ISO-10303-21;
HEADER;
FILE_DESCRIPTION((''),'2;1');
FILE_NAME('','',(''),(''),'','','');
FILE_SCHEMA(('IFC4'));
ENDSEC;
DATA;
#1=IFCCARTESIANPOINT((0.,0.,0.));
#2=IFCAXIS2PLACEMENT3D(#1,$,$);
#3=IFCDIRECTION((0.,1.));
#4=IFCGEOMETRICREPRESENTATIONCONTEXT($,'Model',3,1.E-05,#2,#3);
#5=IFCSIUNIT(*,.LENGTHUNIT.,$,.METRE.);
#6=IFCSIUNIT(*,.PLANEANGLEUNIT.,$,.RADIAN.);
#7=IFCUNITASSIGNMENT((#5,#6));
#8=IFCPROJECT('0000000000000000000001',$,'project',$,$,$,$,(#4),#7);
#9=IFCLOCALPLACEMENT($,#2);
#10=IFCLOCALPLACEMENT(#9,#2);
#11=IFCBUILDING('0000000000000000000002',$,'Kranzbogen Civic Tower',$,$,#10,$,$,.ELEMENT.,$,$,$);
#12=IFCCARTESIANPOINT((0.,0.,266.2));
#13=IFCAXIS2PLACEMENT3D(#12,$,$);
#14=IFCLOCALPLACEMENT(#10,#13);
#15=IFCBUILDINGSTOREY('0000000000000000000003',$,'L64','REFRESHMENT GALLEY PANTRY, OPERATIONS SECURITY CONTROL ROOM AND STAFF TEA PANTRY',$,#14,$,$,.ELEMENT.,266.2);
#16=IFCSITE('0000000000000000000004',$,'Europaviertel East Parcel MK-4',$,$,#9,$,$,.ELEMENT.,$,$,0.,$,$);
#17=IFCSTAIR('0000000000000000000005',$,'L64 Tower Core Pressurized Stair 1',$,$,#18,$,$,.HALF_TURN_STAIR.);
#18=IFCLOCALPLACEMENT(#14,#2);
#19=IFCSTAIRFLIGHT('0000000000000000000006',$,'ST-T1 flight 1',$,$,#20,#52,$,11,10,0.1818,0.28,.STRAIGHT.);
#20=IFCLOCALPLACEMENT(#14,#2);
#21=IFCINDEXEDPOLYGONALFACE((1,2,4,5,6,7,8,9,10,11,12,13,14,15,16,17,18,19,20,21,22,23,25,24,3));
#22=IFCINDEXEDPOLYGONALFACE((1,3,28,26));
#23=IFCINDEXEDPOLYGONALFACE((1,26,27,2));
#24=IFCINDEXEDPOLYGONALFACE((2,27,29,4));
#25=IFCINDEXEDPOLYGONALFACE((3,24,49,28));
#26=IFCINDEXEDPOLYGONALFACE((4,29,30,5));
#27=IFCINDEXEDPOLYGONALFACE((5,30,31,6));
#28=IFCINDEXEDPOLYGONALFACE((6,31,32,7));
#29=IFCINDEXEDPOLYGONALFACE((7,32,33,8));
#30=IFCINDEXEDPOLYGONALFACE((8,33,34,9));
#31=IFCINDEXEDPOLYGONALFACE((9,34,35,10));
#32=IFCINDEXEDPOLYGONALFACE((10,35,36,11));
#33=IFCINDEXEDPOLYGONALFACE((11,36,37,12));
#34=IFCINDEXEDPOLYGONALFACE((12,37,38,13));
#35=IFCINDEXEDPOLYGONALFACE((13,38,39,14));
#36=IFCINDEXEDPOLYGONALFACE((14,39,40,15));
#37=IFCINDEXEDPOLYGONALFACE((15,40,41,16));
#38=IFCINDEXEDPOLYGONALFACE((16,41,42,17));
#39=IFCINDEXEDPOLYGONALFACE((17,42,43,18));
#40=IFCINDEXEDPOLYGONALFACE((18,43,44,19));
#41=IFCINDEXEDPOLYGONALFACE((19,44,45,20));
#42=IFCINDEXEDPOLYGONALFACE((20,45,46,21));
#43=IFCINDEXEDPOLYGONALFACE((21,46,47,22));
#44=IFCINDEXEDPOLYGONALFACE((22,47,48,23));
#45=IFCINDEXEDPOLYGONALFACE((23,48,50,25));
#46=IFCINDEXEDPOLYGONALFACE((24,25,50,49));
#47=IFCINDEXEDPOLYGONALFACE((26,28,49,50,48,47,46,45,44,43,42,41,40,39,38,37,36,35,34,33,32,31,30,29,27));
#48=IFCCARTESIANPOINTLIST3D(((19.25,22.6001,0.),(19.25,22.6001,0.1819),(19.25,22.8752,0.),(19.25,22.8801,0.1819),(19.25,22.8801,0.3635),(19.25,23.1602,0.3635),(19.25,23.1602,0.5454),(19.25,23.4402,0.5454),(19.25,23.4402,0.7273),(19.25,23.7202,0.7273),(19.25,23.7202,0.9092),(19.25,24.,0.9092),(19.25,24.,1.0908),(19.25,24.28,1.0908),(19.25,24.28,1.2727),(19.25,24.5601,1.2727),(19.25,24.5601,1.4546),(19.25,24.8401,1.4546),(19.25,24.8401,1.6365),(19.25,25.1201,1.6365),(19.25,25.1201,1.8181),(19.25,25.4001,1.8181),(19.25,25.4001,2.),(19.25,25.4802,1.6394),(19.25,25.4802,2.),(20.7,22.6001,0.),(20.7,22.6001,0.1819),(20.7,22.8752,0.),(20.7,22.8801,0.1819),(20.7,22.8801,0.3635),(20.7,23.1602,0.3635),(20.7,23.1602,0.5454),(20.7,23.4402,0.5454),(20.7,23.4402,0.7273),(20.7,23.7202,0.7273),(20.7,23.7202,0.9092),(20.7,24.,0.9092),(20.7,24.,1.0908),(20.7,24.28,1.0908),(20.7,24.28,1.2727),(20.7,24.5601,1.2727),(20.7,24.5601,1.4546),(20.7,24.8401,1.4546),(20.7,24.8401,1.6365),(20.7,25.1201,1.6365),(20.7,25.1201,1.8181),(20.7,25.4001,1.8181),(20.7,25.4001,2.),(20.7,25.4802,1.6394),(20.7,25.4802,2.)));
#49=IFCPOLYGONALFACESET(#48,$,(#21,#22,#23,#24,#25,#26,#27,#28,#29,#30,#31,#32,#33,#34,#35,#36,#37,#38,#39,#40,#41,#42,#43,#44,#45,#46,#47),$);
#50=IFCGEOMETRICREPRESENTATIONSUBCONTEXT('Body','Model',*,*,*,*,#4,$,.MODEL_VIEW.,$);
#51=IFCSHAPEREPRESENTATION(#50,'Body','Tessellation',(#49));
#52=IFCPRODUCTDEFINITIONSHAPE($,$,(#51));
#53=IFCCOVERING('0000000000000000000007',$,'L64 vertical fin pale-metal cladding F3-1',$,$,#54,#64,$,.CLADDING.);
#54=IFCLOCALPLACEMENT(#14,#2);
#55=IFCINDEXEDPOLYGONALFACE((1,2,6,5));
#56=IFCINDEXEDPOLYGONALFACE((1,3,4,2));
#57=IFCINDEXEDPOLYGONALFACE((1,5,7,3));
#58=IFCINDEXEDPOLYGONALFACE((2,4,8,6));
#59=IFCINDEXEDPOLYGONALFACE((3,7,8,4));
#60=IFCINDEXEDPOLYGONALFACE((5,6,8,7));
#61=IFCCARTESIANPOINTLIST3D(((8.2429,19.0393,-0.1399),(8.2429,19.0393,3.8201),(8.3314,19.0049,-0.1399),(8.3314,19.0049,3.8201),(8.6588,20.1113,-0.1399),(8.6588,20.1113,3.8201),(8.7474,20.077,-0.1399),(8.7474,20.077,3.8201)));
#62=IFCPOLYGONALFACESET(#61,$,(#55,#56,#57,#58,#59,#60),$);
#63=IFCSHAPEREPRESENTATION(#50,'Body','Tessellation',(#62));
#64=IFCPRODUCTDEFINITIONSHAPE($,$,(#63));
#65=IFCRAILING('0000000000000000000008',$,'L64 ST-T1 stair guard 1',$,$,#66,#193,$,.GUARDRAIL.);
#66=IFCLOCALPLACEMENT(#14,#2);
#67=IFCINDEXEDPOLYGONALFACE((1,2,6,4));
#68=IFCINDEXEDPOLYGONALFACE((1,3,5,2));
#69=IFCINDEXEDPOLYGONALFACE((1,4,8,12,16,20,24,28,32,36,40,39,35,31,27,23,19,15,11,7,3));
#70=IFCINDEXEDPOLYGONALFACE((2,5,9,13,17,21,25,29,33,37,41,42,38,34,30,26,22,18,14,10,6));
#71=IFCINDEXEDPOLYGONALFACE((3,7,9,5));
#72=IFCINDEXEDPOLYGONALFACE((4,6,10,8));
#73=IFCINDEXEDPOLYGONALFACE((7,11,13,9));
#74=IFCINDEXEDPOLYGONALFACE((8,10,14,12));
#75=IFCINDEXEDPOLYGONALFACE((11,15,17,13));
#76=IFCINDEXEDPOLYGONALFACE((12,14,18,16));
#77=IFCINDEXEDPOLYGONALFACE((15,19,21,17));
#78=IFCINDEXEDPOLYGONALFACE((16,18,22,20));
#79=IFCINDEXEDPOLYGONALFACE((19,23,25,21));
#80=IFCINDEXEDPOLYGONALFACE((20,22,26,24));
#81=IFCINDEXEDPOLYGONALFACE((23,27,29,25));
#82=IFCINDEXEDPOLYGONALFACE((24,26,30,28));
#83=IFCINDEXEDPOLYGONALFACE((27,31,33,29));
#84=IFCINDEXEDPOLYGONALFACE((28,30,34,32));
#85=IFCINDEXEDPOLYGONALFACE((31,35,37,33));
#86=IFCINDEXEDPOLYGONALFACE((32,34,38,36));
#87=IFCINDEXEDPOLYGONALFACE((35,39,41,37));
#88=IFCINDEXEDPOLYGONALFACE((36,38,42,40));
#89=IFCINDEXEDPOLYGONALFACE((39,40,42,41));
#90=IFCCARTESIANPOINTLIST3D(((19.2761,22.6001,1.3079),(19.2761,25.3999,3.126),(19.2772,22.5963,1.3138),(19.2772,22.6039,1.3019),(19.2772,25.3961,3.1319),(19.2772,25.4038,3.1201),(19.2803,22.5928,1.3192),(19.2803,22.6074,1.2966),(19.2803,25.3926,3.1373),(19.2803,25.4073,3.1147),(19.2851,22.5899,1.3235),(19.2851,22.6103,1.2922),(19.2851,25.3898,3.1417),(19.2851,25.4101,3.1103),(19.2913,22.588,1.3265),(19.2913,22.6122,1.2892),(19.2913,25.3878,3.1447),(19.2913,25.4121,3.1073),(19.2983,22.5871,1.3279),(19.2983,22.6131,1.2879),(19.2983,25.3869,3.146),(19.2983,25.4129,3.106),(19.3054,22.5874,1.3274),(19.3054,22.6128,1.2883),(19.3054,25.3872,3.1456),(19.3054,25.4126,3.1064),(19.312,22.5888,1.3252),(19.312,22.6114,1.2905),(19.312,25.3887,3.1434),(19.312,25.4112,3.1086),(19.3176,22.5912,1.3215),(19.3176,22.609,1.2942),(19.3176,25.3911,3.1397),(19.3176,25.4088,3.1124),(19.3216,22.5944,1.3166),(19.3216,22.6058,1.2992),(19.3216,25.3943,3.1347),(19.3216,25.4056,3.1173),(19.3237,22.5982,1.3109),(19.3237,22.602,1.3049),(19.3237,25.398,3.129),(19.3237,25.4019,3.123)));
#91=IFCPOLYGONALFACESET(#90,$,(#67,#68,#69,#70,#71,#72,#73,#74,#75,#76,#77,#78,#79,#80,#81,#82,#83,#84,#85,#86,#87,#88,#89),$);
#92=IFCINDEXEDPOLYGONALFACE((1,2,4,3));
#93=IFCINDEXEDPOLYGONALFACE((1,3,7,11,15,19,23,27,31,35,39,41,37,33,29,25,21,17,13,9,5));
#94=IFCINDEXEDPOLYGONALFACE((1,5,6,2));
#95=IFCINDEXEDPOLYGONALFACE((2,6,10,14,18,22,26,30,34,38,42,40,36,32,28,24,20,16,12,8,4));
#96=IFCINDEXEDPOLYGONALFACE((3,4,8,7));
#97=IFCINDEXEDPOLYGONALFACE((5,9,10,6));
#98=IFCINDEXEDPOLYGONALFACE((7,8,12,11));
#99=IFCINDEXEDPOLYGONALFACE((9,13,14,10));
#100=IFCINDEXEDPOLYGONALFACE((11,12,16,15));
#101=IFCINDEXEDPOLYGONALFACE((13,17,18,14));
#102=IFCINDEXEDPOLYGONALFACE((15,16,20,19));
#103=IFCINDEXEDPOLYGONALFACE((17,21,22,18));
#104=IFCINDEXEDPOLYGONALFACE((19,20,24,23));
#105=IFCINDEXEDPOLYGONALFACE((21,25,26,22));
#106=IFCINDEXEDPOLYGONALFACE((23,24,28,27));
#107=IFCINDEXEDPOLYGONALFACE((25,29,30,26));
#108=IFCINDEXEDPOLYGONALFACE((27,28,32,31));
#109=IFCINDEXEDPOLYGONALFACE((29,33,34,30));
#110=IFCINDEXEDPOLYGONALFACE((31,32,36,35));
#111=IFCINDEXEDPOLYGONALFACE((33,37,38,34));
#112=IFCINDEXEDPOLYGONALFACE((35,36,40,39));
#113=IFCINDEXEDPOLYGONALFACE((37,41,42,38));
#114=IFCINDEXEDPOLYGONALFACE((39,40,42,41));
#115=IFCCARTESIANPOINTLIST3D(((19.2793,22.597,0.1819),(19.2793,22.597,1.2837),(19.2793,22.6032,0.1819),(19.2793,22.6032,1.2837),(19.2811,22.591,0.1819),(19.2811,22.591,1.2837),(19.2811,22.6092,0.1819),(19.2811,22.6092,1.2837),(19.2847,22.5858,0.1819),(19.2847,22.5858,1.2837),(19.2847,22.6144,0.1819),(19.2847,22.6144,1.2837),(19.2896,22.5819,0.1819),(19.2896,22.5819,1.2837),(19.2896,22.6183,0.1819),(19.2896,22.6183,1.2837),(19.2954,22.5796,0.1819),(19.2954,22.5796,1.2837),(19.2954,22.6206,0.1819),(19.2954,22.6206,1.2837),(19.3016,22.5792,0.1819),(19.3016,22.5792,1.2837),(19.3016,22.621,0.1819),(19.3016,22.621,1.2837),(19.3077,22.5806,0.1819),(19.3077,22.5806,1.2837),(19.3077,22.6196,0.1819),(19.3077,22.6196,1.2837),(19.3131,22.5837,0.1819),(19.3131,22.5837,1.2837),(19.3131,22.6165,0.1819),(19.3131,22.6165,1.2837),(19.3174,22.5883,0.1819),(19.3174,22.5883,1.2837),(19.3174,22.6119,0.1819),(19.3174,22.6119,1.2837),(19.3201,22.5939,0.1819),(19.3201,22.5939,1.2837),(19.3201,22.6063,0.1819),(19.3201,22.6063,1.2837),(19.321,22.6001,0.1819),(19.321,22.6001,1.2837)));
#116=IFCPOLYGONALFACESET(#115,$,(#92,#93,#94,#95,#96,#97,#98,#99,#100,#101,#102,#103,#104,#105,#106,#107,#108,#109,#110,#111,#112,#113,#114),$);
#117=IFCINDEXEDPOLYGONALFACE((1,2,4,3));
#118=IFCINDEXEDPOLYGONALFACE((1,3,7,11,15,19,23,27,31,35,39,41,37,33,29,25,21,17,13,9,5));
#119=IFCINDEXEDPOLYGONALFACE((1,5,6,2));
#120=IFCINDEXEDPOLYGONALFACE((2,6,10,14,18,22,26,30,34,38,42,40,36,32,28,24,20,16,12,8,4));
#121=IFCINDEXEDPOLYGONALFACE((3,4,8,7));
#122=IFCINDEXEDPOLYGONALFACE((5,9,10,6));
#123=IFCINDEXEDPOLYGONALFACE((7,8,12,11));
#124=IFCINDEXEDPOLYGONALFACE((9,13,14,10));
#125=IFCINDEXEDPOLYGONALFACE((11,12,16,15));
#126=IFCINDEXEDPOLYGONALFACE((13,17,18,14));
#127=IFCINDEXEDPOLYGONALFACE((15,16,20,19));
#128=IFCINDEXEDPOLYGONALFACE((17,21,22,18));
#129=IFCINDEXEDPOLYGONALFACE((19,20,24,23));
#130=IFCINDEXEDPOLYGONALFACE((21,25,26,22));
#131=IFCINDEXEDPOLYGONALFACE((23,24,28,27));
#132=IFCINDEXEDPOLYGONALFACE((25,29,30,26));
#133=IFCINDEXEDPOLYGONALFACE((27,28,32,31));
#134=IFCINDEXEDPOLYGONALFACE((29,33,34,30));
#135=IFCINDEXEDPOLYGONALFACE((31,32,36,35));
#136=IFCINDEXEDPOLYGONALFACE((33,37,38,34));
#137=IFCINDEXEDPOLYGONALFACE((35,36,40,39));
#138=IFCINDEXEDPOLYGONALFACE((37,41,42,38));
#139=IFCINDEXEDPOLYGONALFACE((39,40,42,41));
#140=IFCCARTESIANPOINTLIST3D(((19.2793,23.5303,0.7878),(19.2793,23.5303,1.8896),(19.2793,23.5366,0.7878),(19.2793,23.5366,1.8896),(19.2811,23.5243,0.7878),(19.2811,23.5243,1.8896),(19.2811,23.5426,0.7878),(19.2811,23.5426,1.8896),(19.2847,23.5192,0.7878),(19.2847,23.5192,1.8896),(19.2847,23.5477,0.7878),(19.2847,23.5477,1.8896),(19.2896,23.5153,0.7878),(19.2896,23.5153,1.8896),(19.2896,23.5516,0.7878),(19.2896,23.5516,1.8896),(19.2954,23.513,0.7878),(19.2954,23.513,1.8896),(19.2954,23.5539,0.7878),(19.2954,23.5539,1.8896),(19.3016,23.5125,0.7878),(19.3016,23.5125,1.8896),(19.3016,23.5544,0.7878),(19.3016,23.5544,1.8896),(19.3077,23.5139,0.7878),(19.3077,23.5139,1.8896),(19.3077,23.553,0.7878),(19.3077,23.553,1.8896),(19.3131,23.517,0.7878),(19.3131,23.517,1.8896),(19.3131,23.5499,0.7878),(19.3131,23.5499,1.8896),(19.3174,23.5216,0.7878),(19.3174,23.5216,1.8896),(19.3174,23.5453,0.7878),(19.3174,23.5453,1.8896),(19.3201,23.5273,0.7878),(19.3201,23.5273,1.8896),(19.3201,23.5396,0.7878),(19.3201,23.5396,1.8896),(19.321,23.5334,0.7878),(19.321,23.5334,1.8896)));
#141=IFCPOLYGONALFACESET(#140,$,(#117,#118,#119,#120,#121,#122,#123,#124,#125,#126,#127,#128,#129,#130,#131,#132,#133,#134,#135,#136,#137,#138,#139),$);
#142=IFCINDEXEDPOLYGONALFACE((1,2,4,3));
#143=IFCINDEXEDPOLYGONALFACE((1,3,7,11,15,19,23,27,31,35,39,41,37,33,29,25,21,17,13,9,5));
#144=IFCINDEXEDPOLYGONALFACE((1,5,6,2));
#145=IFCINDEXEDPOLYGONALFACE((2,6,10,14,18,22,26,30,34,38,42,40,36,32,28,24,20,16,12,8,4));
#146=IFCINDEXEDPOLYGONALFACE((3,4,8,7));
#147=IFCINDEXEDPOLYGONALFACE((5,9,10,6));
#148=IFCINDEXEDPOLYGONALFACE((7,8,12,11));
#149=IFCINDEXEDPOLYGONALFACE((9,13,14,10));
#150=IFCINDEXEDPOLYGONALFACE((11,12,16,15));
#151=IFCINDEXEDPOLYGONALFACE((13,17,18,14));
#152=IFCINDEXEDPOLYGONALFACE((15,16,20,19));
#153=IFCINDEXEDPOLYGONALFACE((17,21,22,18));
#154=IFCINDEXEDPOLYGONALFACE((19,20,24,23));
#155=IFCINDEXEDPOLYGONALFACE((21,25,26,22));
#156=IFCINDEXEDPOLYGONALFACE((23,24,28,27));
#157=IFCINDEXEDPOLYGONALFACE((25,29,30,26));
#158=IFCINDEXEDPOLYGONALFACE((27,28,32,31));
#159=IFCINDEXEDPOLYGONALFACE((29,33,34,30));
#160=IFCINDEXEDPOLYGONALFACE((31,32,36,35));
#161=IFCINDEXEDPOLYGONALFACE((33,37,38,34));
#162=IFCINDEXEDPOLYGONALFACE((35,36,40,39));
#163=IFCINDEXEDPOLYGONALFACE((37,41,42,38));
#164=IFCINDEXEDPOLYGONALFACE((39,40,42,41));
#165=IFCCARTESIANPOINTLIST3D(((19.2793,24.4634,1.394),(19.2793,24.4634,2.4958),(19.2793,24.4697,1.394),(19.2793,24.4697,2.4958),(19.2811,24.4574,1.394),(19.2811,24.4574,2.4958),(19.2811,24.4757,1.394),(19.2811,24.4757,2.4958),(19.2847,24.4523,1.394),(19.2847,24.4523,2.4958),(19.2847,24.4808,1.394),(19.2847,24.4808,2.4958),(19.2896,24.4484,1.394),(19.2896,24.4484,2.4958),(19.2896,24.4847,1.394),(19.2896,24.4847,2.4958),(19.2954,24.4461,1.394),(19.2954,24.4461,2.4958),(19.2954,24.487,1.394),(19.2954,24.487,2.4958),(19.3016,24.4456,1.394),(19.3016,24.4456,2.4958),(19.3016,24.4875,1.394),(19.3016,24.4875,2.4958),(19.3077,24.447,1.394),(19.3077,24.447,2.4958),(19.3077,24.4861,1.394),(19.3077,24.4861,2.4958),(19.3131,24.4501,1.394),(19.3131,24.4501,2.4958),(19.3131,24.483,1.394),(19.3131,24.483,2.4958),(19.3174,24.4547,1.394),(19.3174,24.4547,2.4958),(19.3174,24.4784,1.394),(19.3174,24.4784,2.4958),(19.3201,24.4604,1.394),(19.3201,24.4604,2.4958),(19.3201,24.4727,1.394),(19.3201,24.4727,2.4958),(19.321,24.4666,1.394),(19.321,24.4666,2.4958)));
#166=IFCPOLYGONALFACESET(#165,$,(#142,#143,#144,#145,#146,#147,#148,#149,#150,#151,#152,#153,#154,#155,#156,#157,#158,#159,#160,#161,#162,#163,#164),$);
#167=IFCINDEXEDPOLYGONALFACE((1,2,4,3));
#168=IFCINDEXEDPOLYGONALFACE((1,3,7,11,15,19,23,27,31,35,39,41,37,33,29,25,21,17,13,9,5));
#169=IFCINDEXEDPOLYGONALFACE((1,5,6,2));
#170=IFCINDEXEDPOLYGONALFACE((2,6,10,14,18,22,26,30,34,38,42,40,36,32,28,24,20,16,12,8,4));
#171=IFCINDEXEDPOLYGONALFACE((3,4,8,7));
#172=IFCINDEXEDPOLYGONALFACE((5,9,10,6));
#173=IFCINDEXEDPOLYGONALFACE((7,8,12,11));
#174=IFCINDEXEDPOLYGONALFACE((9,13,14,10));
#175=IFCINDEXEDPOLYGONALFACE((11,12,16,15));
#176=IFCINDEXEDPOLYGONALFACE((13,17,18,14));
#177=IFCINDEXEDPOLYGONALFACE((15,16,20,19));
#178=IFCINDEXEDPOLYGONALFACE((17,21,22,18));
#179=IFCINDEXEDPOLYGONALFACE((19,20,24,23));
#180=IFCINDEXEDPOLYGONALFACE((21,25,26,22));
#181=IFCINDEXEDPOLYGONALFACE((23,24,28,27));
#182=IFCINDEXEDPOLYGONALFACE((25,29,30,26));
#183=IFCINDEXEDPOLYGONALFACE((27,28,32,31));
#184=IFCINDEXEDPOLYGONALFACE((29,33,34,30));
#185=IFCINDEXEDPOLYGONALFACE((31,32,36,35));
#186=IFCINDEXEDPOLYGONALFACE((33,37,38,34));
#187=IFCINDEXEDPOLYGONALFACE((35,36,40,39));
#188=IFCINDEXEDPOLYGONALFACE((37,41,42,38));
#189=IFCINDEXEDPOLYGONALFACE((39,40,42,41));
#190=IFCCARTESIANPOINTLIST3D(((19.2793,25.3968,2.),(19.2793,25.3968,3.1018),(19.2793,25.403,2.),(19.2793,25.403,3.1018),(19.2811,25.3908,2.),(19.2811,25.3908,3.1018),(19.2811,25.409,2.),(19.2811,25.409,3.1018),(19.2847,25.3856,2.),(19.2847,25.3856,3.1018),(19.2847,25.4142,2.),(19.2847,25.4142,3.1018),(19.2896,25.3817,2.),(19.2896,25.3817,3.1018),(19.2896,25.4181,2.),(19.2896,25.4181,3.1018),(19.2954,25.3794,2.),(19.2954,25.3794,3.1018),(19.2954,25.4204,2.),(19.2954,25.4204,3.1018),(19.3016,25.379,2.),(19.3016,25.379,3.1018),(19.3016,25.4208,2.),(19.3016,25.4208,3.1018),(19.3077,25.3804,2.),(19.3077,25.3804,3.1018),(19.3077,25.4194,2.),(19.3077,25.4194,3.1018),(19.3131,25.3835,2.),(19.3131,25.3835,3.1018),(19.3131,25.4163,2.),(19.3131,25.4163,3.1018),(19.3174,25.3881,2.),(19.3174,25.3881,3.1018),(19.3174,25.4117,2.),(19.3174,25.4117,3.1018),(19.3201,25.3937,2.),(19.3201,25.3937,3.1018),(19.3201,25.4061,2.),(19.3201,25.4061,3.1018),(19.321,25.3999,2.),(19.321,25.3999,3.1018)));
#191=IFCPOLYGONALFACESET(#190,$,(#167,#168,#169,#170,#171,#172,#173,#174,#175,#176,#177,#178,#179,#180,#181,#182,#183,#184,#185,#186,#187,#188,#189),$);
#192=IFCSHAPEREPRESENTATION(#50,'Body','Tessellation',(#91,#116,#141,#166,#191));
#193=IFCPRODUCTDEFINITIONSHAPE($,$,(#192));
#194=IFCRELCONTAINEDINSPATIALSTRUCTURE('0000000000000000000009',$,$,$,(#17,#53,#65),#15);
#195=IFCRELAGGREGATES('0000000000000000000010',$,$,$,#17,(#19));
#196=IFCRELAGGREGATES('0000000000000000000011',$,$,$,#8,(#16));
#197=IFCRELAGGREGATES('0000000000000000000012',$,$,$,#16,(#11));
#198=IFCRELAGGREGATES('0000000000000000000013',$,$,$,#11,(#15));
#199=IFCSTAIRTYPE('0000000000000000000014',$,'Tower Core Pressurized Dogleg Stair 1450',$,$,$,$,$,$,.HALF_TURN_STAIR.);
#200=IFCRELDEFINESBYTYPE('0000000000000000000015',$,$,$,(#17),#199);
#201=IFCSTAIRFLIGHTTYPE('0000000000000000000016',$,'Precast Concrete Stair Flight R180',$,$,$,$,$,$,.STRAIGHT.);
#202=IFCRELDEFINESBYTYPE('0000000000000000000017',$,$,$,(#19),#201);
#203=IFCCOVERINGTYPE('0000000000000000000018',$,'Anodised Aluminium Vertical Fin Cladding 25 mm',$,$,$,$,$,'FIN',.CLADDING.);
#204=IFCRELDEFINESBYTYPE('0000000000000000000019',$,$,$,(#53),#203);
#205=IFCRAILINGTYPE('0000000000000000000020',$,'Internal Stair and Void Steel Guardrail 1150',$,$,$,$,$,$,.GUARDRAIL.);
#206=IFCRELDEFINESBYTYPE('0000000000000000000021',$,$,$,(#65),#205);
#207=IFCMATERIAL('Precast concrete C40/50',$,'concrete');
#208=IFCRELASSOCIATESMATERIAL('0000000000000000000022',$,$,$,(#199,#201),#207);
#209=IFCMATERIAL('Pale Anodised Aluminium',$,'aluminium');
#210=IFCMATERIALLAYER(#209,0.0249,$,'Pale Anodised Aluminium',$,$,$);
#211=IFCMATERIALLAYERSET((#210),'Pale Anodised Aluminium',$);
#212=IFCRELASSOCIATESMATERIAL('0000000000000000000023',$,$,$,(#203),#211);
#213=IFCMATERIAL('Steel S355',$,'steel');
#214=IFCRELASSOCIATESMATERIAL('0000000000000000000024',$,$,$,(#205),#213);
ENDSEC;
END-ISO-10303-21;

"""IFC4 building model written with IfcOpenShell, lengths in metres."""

from ifc_helpers import new_model, si_unit, direction, frame, origin, origin_2d, place, context, subcontext, project, spatial, polyline, rectangle, circle, outline, extrude, material, layer, layer_set, type_object, element, aggregate, save


model = new_model("IFC4")

# Units and contexts
model_context = context("Model", 3, precision=1e-05, world=origin(), true_north=direction((0.0, 1.0)))
body_context = subcontext(model_context, "Body", "Model", "MODEL_VIEW")
ifc_project = project(units=[si_unit("LENGTHUNIT", "METRE"), si_unit("PLANEANGLEUNIT", "RADIAN")], contexts=[model_context])

# Site, building, storey
site_placement = place(None, origin())
site = spatial("IfcSite", under=ifc_project, at=site_placement, Name="Europaviertel East Parcel MK-4", CompositionType="ELEMENT", RefElevation=0.0)
building_placement = place(site_placement, origin())
building = spatial("IfcBuilding", under=site, at=building_placement, Name="Kranzbogen Civic Tower", CompositionType="ELEMENT")
storey_placement = place(building_placement, frame((0.0, 0.0, 266.2)))
storey = spatial("IfcBuildingStorey", under=building, at=storey_placement, Name="L64", Description="REFRESHMENT GALLEY PANTRY, OPERATIONS SECURITY CONTROL ROOM AND STAFF TEA PANTRY", CompositionType="ELEMENT", Elevation=266.2)

# Shared definitions
ifc_material_1 = material(Name="Steel S355", Category="steel")

# Shared definitions
ifc_material_2 = material(Name="Pale Anodised Aluminium", Category="aluminium")

# Stair, stair flight
ifc_material_3 = material(Name="Precast concrete C40/50", Category="concrete")
stair_type = type_object("IfcStairType", Name="Tower Core Pressurized Dogleg Stair 1450", PredefinedType="HALF_TURN_STAIR", material=ifc_material_3)
stair_placement = place(storey_placement, origin())
stair = element("IfcStair", 1, at=stair_placement, inside=storey, type_object=stair_type, Name="L64 Tower Core Pressurized Stair 1", PredefinedType="HALF_TURN_STAIR")
stair_flight_type = type_object("IfcStairFlightType", Name="Precast Concrete Stair Flight R180", PredefinedType="STRAIGHT", material=ifc_material_3)
stair_flight_placement = place(storey_placement, frame((19.9751, 22.6001, 0.0), z_axis=(0.0, 0.0, 1.0), x_axis=(0.0, 1.0, 0.0)))
stair_flight = element("IfcStairFlight", 2, at=stair_flight_placement, type_object=stair_flight_type, Name="ST-T1 flight 1", NumberOfRisers=11, NumberOfTreads=10, PredefinedType="STRAIGHT", RiserHeight=0.1818, TreadLength=0.28, context=body_context, shape_type="SweptSolid", body=[
    extrude(outline(polyline([(0.0, 0.0), (0.0, 0.1819), (0.28, 0.1819), (0.28, 0.3635), (0.5601, 0.3635), (0.5601, 0.5454), (0.8401, 0.5454), (0.8401, 0.7273), (1.1201, 0.7273), (1.1201, 0.9092), (1.3999, 0.9092), (1.3999, 1.0908), (1.6799, 1.0908), (1.6799, 1.2727), (1.96, 1.2727), (1.96, 1.4546), (2.24, 1.4546), (2.24, 1.6365), (2.52, 1.6365), (2.52, 1.8181), (2.8, 1.8181), (2.8, 2.0), (2.8801, 2.0), (2.8801, 1.6394), (0.2751, 0.0), (0.0, 0.0)])), frame((0.0, 0.7251, 0.0), z_axis=(0.0, -1.0, 0.0), x_axis=(1.0, 0.0, 0.0)), (0.0, 0.0, 1.0), 1.45),
])
aggregate(stair, [stair_flight])

# Covering
ifc_layer_1 = layer(ifc_material_2, 0.0249, Name="Pale Anodised Aluminium")
ifc_layer_set_1 = layer_set([ifc_layer_1], Name="Pale Anodised Aluminium")
covering_type = type_object("IfcCoveringType", Name="Anodised Aluminium Vertical Fin Cladding 25 mm", ElementType="FIN", PredefinedType="CLADDING", material=ifc_layer_set_1)
covering_placement = place(storey_placement, frame((8.4951, 19.5581, -0.1399), z_axis=(0.0, 0.0, 1.0), x_axis=(-0.361706, -0.932292, 0.0)))
element("IfcCovering", 3, at=covering_placement, inside=storey, type_object=covering_type, Name="L64 vertical fin pale-metal cladding F3-1", PredefinedType="CLADDING", context=body_context, shape_type="SweptSolid", body=[
    extrude(rectangle(XDim=1.1499, YDim=0.095, at=origin_2d()), origin(), (0.0, 0.0, 1.0), 3.96),
])

# Railing
railing_type_1 = type_object("IfcRailingType", Name="Internal Stair and Void Steel Guardrail 1150", PredefinedType="GUARDRAIL", material=ifc_material_1)
railing_1_placement = place(storey_placement, frame((19.3, 22.6001, 0.1819)))
element("IfcRailing", 4, at=railing_1_placement, inside=storey, type_object=railing_type_1, Name="L64 ST-T1 stair guard 1", PredefinedType="GUARDRAIL", context=body_context, shape_type="SweptSolid", body=[
    extrude(circle(Radius=0.0239, at=origin_2d()), frame((0.0, 0.0, 1.126), z_axis=(0.0, 0.838684, 0.544618), x_axis=(-1.0, 0.0, 0.0)), (0.0, 0.0, 1.0), 3.3384),
    extrude(circle(Radius=0.021, at=origin_2d()), origin(), (0.0, 0.0, 1.0), 1.1018),
    extrude(circle(Radius=0.021, at=origin_2d()), frame((0.0, 0.9333, 0.606)), (0.0, 0.0, 1.0), 1.1018),
    extrude(circle(Radius=0.021, at=origin_2d()), frame((0.0, 1.8665, 1.2122)), (0.0, 0.0, 1.0), 1.1018),
    extrude(circle(Radius=0.021, at=origin_2d()), frame((0.0, 2.7998, 1.8181)), (0.0, 0.0, 1.0), 1.1018),
])

save(model, "model.ifc")
